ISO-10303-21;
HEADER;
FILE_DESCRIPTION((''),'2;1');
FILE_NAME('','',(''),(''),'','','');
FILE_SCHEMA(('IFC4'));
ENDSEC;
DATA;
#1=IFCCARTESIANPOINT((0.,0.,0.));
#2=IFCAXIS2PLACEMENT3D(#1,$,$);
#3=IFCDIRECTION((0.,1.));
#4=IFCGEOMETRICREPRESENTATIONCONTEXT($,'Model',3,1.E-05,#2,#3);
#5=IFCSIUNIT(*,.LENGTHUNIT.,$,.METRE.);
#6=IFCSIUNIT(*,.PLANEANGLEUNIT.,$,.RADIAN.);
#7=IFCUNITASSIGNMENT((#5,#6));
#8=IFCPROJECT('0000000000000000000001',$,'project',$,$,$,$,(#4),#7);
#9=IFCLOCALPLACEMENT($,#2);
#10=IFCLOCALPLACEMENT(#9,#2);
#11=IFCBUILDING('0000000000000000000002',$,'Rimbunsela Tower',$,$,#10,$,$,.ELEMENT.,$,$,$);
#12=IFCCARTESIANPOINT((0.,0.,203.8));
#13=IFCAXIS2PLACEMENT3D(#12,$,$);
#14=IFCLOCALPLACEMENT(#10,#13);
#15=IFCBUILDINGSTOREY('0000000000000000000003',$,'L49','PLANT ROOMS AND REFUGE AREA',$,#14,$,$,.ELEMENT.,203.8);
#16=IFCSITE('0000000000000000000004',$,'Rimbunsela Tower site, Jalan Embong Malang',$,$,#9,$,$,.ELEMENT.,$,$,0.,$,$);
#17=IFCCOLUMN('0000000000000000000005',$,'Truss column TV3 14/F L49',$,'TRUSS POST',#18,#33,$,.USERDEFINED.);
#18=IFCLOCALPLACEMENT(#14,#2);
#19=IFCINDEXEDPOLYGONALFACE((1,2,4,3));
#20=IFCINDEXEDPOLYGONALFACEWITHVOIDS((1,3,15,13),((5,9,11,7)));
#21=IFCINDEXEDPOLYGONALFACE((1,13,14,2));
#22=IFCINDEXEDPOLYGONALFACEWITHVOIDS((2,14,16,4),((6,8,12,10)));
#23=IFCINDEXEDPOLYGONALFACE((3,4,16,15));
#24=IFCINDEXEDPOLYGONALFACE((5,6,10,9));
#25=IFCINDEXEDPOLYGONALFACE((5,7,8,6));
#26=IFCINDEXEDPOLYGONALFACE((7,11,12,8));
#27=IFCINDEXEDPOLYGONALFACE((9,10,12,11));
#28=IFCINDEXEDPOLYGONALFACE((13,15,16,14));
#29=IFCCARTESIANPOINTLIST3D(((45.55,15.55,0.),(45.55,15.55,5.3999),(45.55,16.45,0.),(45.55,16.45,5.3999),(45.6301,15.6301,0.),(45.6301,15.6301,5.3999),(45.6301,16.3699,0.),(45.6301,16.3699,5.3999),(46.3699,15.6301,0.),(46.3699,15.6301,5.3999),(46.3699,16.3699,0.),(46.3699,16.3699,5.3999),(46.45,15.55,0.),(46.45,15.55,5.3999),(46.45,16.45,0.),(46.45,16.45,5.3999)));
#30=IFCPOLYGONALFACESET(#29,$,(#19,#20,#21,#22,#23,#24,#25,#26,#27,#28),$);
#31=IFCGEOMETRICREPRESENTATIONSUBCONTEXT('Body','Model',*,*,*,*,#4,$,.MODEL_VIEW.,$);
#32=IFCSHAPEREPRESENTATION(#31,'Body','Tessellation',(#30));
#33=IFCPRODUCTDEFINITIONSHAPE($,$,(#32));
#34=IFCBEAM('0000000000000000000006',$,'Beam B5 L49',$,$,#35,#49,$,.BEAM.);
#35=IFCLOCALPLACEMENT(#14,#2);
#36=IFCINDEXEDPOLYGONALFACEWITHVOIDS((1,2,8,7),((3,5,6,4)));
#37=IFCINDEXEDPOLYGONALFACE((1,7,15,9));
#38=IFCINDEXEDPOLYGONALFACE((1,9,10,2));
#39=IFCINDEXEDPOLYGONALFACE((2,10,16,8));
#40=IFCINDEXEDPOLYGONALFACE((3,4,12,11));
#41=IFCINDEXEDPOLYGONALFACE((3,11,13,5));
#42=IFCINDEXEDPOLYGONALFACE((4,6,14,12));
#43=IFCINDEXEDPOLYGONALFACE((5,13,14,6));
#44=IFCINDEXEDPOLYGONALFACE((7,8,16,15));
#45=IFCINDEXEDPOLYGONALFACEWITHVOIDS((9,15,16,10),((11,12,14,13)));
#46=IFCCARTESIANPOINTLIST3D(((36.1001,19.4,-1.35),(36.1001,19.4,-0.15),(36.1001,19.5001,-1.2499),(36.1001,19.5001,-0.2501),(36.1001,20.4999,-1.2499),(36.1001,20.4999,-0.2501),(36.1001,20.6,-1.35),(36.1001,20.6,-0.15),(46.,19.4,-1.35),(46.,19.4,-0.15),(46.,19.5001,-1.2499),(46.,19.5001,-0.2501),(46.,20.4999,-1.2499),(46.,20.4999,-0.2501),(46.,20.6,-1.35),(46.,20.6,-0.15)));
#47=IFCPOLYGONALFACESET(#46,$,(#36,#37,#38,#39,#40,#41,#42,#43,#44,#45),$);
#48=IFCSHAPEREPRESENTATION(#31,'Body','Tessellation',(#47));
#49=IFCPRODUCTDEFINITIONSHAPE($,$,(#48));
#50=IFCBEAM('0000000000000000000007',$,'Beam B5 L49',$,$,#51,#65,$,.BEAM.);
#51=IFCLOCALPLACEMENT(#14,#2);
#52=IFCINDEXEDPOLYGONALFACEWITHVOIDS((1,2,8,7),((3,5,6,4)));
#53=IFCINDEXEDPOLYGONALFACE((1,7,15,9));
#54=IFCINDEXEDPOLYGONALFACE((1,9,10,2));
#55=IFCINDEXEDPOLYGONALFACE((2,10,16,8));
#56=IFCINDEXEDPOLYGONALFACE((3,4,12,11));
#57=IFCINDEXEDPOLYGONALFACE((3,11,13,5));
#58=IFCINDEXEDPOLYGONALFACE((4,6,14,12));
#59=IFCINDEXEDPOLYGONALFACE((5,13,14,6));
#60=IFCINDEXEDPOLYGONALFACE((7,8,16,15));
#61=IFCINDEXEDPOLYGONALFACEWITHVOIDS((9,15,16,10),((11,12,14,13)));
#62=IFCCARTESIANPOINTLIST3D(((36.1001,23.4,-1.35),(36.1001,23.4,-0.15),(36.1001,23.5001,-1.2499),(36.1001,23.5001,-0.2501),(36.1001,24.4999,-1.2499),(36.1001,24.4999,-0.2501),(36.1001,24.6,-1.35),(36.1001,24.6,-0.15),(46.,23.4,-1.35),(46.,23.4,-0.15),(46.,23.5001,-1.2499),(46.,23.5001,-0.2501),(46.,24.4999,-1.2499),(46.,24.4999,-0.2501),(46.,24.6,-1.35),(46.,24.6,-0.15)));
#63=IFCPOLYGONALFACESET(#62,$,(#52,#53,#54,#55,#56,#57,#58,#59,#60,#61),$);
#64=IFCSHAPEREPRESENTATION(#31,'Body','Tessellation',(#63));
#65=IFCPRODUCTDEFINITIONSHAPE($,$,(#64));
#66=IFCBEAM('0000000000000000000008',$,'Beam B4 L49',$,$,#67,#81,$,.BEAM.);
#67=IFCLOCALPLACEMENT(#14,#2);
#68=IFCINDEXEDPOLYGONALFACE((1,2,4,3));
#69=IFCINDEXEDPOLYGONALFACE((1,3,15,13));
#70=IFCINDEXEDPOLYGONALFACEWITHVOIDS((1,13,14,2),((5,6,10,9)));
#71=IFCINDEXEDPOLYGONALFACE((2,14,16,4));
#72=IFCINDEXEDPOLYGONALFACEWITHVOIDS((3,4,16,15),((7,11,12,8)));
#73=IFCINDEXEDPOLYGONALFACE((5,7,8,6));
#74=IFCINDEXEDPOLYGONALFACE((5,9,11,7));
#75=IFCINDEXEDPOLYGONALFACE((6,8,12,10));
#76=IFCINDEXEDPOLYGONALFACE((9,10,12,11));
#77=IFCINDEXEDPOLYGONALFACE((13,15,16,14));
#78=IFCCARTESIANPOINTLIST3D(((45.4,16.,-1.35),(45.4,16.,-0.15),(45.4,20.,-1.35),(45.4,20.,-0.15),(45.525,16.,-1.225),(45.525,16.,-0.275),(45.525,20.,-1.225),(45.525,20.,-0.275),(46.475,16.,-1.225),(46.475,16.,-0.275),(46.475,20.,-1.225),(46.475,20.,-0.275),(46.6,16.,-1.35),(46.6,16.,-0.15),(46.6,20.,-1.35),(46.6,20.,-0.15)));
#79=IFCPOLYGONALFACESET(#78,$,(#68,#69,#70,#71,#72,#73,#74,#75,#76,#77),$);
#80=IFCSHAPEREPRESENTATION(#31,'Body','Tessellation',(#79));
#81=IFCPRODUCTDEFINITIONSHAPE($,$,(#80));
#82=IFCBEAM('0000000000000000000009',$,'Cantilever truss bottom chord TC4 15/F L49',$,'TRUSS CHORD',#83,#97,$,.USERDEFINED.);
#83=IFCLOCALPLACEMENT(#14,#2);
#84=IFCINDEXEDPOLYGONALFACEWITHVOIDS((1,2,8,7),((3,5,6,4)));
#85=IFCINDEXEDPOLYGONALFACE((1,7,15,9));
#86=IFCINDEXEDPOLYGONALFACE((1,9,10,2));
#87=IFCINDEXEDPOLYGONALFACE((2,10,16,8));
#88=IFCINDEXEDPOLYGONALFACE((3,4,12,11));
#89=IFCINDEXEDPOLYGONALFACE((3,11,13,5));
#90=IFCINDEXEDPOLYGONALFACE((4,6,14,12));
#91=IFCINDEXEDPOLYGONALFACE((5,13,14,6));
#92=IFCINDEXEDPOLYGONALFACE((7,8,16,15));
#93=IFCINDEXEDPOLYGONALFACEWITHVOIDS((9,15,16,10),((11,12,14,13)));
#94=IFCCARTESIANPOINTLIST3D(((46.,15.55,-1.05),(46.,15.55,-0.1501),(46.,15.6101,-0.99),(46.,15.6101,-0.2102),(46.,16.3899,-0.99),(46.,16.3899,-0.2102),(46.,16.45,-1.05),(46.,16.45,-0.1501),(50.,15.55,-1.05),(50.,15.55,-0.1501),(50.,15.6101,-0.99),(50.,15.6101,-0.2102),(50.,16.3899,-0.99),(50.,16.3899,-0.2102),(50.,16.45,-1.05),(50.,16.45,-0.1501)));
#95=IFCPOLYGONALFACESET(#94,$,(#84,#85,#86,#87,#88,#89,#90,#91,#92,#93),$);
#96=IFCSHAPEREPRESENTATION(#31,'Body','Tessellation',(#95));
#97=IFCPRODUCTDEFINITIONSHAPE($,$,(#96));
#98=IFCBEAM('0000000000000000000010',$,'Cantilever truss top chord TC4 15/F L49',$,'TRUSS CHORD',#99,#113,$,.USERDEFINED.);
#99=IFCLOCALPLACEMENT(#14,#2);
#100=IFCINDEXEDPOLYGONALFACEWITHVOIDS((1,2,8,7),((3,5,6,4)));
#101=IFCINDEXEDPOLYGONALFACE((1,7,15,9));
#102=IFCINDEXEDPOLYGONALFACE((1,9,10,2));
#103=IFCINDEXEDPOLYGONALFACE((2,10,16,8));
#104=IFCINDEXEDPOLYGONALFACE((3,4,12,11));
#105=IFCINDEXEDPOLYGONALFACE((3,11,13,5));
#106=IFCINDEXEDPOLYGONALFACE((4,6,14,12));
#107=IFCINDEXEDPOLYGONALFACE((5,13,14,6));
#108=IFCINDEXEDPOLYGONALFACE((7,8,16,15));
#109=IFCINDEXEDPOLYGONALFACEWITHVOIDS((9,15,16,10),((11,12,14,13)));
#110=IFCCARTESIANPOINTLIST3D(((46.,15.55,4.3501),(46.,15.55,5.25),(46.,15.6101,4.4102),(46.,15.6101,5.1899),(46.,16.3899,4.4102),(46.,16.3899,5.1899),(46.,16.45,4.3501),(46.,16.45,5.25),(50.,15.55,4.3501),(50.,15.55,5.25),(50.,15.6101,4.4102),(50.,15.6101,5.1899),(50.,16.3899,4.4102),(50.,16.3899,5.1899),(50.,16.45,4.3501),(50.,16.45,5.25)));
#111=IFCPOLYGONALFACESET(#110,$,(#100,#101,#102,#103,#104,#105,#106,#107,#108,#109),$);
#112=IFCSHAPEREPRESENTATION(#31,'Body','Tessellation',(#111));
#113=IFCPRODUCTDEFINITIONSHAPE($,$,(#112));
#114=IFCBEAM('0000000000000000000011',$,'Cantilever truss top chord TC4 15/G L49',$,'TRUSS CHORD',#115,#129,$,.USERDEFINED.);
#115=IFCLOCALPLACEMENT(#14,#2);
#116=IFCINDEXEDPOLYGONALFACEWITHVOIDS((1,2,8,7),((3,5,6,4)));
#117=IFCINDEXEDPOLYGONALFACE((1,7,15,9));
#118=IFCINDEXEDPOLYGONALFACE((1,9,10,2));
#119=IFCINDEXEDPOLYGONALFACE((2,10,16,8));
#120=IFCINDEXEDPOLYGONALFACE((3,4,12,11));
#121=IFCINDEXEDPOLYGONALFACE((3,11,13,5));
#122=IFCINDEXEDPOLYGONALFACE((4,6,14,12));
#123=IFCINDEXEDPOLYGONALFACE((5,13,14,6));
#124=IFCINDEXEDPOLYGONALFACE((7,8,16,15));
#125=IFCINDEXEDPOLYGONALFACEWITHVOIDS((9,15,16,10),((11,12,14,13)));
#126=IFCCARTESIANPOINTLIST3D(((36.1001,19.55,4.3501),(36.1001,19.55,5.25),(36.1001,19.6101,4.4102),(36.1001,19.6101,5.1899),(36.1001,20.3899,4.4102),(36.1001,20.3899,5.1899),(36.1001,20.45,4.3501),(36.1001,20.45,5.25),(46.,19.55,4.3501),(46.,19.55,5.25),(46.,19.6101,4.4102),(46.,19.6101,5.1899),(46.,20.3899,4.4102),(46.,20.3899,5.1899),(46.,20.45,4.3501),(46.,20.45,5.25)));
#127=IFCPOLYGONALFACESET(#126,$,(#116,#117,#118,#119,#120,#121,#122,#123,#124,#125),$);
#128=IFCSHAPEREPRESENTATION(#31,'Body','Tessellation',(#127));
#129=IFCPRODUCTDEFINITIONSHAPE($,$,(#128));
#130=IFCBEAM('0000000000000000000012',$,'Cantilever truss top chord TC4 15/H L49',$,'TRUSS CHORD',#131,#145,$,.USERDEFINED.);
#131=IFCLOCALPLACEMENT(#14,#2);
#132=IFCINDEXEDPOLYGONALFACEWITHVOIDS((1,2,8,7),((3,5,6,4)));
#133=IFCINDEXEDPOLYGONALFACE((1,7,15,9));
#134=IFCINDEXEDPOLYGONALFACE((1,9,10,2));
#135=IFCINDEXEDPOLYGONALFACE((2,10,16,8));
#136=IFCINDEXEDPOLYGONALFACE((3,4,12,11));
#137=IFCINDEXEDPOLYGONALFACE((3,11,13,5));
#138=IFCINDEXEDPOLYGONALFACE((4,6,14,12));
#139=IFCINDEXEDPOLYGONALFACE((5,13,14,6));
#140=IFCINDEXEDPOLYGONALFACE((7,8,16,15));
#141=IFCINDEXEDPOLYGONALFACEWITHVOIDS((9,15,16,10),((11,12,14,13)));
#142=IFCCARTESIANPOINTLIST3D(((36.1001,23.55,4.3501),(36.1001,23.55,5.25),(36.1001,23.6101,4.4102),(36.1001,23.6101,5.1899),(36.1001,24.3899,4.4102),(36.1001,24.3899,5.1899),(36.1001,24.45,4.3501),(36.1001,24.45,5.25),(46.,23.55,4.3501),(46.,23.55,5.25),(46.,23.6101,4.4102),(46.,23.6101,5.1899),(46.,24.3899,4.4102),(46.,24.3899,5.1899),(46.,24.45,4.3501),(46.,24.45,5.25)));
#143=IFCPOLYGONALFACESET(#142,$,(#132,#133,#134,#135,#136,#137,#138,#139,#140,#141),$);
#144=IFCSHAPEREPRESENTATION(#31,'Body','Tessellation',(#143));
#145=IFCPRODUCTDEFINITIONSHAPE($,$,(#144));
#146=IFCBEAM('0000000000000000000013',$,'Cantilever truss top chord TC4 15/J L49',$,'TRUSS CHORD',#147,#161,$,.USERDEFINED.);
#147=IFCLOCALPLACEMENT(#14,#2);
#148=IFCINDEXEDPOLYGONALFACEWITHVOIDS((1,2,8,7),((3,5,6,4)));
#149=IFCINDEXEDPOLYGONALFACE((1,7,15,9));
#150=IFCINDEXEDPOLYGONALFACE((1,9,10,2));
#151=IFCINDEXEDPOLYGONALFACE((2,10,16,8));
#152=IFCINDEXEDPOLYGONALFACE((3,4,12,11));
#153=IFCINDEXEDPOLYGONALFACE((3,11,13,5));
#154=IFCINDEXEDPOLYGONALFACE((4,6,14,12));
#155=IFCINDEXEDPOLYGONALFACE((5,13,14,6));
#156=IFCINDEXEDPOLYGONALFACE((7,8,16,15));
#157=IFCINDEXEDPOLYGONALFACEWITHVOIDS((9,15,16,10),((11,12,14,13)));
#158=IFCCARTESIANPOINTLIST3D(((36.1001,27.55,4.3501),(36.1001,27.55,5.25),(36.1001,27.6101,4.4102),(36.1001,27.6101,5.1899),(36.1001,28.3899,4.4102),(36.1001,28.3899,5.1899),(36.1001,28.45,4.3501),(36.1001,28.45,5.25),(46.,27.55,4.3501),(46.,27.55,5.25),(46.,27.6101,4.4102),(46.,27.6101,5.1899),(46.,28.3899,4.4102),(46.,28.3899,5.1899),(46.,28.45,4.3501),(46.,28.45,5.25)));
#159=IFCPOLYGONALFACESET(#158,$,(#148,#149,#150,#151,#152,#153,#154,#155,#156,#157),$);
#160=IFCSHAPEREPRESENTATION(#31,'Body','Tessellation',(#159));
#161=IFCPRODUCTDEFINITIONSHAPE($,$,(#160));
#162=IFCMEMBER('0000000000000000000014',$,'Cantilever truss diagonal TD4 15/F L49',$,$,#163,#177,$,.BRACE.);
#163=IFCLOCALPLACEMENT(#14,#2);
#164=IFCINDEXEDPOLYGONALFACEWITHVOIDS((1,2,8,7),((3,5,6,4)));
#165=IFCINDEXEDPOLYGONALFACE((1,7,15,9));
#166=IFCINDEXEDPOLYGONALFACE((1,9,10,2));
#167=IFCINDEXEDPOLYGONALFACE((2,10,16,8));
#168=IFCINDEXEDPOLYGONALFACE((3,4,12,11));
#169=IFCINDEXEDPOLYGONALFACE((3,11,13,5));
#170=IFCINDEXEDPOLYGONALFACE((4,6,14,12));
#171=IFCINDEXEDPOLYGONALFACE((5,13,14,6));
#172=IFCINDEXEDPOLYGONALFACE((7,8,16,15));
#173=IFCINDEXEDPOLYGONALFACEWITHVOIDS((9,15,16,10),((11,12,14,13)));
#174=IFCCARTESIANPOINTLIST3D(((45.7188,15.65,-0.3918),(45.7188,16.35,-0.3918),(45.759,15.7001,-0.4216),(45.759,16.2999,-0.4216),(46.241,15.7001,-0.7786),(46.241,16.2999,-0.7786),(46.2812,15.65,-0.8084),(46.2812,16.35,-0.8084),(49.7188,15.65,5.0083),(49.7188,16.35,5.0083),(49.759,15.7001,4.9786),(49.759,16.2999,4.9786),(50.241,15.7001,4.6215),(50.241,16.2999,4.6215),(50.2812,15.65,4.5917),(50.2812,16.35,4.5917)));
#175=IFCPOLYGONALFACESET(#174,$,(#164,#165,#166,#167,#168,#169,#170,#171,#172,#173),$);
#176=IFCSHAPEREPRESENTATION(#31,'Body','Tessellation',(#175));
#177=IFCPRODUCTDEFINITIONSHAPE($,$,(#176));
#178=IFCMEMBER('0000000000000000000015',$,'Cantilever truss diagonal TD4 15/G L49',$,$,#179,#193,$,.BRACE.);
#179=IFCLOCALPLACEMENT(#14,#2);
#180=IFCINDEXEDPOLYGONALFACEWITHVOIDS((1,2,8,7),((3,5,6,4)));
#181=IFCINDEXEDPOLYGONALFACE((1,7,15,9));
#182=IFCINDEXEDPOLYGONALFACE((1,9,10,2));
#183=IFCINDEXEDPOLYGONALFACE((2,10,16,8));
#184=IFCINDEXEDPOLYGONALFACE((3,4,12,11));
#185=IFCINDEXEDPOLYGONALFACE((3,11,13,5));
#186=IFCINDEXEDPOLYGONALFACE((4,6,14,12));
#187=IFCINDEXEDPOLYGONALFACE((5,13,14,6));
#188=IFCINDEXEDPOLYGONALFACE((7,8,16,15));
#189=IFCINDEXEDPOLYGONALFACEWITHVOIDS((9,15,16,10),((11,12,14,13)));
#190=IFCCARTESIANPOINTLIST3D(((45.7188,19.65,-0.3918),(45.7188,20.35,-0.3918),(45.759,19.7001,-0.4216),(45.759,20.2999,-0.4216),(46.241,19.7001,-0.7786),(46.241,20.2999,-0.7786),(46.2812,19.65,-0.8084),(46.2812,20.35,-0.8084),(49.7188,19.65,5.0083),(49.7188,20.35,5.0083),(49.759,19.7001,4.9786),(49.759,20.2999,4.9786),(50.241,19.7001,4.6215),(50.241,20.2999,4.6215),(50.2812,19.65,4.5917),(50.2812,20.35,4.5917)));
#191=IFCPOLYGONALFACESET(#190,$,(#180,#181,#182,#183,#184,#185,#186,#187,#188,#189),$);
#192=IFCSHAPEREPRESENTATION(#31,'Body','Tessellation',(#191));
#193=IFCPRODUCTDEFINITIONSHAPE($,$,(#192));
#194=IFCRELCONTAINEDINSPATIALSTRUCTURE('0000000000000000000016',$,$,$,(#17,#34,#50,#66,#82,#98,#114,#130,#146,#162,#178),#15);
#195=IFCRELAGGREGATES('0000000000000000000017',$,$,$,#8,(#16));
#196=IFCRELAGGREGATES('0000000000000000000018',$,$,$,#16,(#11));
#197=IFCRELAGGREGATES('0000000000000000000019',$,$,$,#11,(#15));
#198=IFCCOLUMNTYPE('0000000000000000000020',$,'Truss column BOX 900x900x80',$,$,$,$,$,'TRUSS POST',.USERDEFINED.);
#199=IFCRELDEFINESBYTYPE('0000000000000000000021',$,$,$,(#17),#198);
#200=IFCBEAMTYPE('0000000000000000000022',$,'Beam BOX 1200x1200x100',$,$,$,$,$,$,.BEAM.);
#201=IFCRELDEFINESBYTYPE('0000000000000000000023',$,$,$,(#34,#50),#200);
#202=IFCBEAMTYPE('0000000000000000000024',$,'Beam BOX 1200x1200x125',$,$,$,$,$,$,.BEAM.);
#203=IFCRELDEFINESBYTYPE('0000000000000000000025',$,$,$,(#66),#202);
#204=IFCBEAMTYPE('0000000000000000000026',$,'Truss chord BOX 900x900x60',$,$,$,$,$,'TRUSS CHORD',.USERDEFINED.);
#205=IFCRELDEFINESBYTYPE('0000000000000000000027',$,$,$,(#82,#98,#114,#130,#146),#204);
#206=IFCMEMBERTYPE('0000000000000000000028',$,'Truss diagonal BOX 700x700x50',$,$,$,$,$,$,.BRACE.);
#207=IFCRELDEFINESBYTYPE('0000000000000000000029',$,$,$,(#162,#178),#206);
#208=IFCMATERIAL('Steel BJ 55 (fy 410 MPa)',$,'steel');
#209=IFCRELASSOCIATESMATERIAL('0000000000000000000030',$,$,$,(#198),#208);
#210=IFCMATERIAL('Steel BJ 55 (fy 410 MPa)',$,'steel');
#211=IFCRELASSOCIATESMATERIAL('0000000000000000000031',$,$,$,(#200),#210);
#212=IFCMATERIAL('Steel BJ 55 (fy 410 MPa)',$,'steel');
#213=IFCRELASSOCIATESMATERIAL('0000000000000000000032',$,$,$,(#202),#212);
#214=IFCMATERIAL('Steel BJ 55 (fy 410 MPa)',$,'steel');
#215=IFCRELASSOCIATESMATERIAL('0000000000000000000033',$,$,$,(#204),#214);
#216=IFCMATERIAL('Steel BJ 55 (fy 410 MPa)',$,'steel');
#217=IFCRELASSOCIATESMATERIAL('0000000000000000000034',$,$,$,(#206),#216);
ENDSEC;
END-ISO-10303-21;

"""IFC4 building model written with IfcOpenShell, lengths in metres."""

from ifc_helpers import new_model, si_unit, direction, frame, origin, origin_2d, place, context, subcontext, project, spatial, hollow_rectangle, extrude, material, material_profile, profile_set, type_object, element, save


model = new_model("IFC4")

# Units and contexts
model_context = context("Model", 3, precision=1e-05, world=origin(), true_north=direction((0.0, 1.0)))
body_context = subcontext(model_context, "Body", "Model", "MODEL_VIEW")
ifc_project = project(units=[si_unit("LENGTHUNIT", "METRE"), si_unit("PLANEANGLEUNIT", "RADIAN")], contexts=[model_context])

# Site, building, storey
site_placement = place(None, origin())
site = spatial("IfcSite", under=ifc_project, at=site_placement, Name="Rimbunsela Tower site, Jalan Embong Malang", CompositionType="ELEMENT", RefElevation=0.0)
building_placement = place(site_placement, origin())
building = spatial("IfcBuilding", under=site, at=building_placement, Name="Rimbunsela Tower", CompositionType="ELEMENT")
storey_placement = place(building_placement, frame((0.0, 0.0, 203.8)))
storey = spatial("IfcBuildingStorey", under=building, at=storey_placement, Name="L49", Description="PLANT ROOMS AND REFUGE AREA", CompositionType="ELEMENT", Elevation=203.8)

# Column
ifc_material_1 = material(Name="Steel BJ 55 (fy 410 MPa)", Category="steel")
ifc_material_profile_1 = material_profile(ifc_material_1, hollow_rectangle(XDim=0.8999, YDim=0.8999, WallThickness=0.0801, at=origin_2d()), Name="BOX 900x900x80")
ifc_profile_set_1 = profile_set([ifc_material_profile_1], Name="Steel BJ 55 (fy 410 MPa)")
column_type = type_object("IfcColumnType", Name="Truss column BOX 900x900x80", ElementType="TRUSS POST", PredefinedType="USERDEFINED", material=ifc_profile_set_1)
column_placement = place(storey_placement, frame((46.0, 16.0, 0.0), z_axis=(0.0, 0.0, 1.0), x_axis=(1.0, 0.0, 0.0)))
element("IfcColumn", 1, at=column_placement, inside=storey, type_object=column_type, Name="Truss column TV3 14/F L49", ObjectType="TRUSS POST", PredefinedType="USERDEFINED", context=body_context, shape_type="SweptSolid", body=[
    extrude(hollow_rectangle(XDim=0.8999, YDim=0.8999, WallThickness=0.0801, at=origin_2d()), origin(), (0.0, 0.0, 1.0), 5.3999),
])

# Beams
ifc_material_2 = material(Name="Steel BJ 55 (fy 410 MPa)", Category="steel")
ifc_material_profile_2 = material_profile(ifc_material_2, hollow_rectangle(XDim=1.2, YDim=1.2, WallThickness=0.1001, at=origin_2d()), Name="BOX 1200x1200x100")
ifc_profile_set_2 = profile_set([ifc_material_profile_2], Name="Steel BJ 55 (fy 410 MPa)")
beam_type_1 = type_object("IfcBeamType", Name="Beam BOX 1200x1200x100", PredefinedType="BEAM", material=ifc_profile_set_2)
for number, where, z_axis, x_axis, name in (
    (2, (36.1001, 20.0, -0.75), (1.0, 0.0, 0.0), (0.0, 1.0, 0.0), "Beam B5 L49"),
    (3, (36.1001, 24.0, -0.75), (1.0, 0.0, 0.0), (0.0, 1.0, 0.0), "Beam B5 L49"),
):
    element("IfcBeam", number, at=place(storey_placement, frame(where, z_axis=z_axis, x_axis=x_axis)), inside=storey, type_object=beam_type_1, Name=name, PredefinedType="BEAM", context=body_context, shape_type="SweptSolid", body=[
        extrude(hollow_rectangle(XDim=1.2, YDim=1.2, WallThickness=0.1001, at=origin_2d()), origin(), (0.0, 0.0, 1.0), 9.8999),
    ])
ifc_material_3 = material(Name="Steel BJ 55 (fy 410 MPa)", Category="steel")
ifc_material_profile_3 = material_profile(ifc_material_3, hollow_rectangle(XDim=1.2, YDim=1.2, WallThickness=0.125, at=origin_2d()), Name="BOX 1200x1200x125")
ifc_profile_set_3 = profile_set([ifc_material_profile_3], Name="Steel BJ 55 (fy 410 MPa)")
beam_type_2 = type_object("IfcBeamType", Name="Beam BOX 1200x1200x125", PredefinedType="BEAM", material=ifc_profile_set_3)
beam_placement = place(storey_placement, frame((46.0, 16.0, -0.75), z_axis=(0.0, 1.0, 0.0), x_axis=(-1.0, 0.0, 0.0)))
element("IfcBeam", 4, at=beam_placement, inside=storey, type_object=beam_type_2, Name="Beam B4 L49", PredefinedType="BEAM", context=body_context, shape_type="SweptSolid", body=[
    extrude(hollow_rectangle(XDim=1.2, YDim=1.2, WallThickness=0.125, at=origin_2d()), origin(), (0.0, 0.0, 1.0), 4.0),
])
ifc_material_4 = material(Name="Steel BJ 55 (fy 410 MPa)", Category="steel")
ifc_material_profile_4 = material_profile(ifc_material_4, hollow_rectangle(XDim=0.8999, YDim=0.8999, WallThickness=0.0601, at=origin_2d()), Name="BOX 900x900x60")
ifc_profile_set_4 = profile_set([ifc_material_profile_4], Name="Steel BJ 55 (fy 410 MPa)")
beam_type_3 = type_object("IfcBeamType", Name="Truss chord BOX 900x900x60", ElementType="TRUSS CHORD", PredefinedType="USERDEFINED", material=ifc_profile_set_4)
for number, where, z_axis, x_axis, name in (
    (5, (46.0, 16.0, -0.6001), (1.0, 0.0, 0.0), (0.0, 1.0, 0.0), "Cantilever truss bottom chord TC4 15/F L49"),
    (6, (46.0, 16.0, 4.8), (1.0, 0.0, 0.0), (0.0, 1.0, 0.0), "Cantilever truss top chord TC4 15/F L49"),
):
    element("IfcBeam", number, at=place(storey_placement, frame(where, z_axis=z_axis, x_axis=x_axis)), inside=storey, type_object=beam_type_3, Name=name, ObjectType="TRUSS CHORD", PredefinedType="USERDEFINED", context=body_context, shape_type="SweptSolid", body=[
        extrude(hollow_rectangle(XDim=0.8999, YDim=0.8999, WallThickness=0.0601, at=origin_2d()), origin(), (0.0, 0.0, 1.0), 4.0),
    ])
for number, where, z_axis, x_axis, name in (
    (7, (36.1001, 20.0, 4.8), (1.0, 0.0, 0.0), (0.0, 1.0, 0.0), "Cantilever truss top chord TC4 15/G L49"),
    (8, (36.1001, 24.0, 4.8), (1.0, 0.0, 0.0), (0.0, 1.0, 0.0), "Cantilever truss top chord TC4 15/H L49"),
    (9, (36.1001, 28.0, 4.8), (1.0, 0.0, 0.0), (0.0, 1.0, 0.0), "Cantilever truss top chord TC4 15/J L49"),
):
    element("IfcBeam", number, at=place(storey_placement, frame(where, z_axis=z_axis, x_axis=x_axis)), inside=storey, type_object=beam_type_3, Name=name, ObjectType="TRUSS CHORD", PredefinedType="USERDEFINED", context=body_context, shape_type="SweptSolid", body=[
        extrude(hollow_rectangle(XDim=0.8999, YDim=0.8999, WallThickness=0.0601, at=origin_2d()), origin(), (0.0, 0.0, 1.0), 9.8999),
    ])

# Members
ifc_material_5 = material(Name="Steel BJ 55 (fy 410 MPa)", Category="steel")
ifc_material_profile_5 = material_profile(ifc_material_5, hollow_rectangle(XDim=0.7, YDim=0.7, WallThickness=0.05, at=origin_2d()), Name="BOX 700x700x50")
ifc_profile_set_5 = profile_set([ifc_material_profile_5], Name="Steel BJ 55 (fy 410 MPa)")
member_type = type_object("IfcMemberType", Name="Truss diagonal BOX 700x700x50", PredefinedType="BRACE", material=ifc_profile_set_5)
for number, where, z_axis, x_axis, name in (
    (10, (46.0, 16.0, -0.6001), (0.595217, 0.0, 0.803565), (0.0, 1.0, 0.0), "Cantilever truss diagonal TD4 15/F L49"),
    (11, (46.0, 20.0, -0.6001), (0.595217, 0.0, 0.803565), (0.0, 1.0, 0.0), "Cantilever truss diagonal TD4 15/G L49"),
):
    element("IfcMember", number, at=place(storey_placement, frame(where, z_axis=z_axis, x_axis=x_axis)), inside=storey, type_object=member_type, Name=name, PredefinedType="BRACE", context=body_context, shape_type="SweptSolid", body=[
        extrude(hollow_rectangle(XDim=0.7, YDim=0.7, WallThickness=0.05, at=origin_2d()), origin(), (0.0, 0.0, 1.0), 6.7202),
    ])

save(model, "model.ifc")
